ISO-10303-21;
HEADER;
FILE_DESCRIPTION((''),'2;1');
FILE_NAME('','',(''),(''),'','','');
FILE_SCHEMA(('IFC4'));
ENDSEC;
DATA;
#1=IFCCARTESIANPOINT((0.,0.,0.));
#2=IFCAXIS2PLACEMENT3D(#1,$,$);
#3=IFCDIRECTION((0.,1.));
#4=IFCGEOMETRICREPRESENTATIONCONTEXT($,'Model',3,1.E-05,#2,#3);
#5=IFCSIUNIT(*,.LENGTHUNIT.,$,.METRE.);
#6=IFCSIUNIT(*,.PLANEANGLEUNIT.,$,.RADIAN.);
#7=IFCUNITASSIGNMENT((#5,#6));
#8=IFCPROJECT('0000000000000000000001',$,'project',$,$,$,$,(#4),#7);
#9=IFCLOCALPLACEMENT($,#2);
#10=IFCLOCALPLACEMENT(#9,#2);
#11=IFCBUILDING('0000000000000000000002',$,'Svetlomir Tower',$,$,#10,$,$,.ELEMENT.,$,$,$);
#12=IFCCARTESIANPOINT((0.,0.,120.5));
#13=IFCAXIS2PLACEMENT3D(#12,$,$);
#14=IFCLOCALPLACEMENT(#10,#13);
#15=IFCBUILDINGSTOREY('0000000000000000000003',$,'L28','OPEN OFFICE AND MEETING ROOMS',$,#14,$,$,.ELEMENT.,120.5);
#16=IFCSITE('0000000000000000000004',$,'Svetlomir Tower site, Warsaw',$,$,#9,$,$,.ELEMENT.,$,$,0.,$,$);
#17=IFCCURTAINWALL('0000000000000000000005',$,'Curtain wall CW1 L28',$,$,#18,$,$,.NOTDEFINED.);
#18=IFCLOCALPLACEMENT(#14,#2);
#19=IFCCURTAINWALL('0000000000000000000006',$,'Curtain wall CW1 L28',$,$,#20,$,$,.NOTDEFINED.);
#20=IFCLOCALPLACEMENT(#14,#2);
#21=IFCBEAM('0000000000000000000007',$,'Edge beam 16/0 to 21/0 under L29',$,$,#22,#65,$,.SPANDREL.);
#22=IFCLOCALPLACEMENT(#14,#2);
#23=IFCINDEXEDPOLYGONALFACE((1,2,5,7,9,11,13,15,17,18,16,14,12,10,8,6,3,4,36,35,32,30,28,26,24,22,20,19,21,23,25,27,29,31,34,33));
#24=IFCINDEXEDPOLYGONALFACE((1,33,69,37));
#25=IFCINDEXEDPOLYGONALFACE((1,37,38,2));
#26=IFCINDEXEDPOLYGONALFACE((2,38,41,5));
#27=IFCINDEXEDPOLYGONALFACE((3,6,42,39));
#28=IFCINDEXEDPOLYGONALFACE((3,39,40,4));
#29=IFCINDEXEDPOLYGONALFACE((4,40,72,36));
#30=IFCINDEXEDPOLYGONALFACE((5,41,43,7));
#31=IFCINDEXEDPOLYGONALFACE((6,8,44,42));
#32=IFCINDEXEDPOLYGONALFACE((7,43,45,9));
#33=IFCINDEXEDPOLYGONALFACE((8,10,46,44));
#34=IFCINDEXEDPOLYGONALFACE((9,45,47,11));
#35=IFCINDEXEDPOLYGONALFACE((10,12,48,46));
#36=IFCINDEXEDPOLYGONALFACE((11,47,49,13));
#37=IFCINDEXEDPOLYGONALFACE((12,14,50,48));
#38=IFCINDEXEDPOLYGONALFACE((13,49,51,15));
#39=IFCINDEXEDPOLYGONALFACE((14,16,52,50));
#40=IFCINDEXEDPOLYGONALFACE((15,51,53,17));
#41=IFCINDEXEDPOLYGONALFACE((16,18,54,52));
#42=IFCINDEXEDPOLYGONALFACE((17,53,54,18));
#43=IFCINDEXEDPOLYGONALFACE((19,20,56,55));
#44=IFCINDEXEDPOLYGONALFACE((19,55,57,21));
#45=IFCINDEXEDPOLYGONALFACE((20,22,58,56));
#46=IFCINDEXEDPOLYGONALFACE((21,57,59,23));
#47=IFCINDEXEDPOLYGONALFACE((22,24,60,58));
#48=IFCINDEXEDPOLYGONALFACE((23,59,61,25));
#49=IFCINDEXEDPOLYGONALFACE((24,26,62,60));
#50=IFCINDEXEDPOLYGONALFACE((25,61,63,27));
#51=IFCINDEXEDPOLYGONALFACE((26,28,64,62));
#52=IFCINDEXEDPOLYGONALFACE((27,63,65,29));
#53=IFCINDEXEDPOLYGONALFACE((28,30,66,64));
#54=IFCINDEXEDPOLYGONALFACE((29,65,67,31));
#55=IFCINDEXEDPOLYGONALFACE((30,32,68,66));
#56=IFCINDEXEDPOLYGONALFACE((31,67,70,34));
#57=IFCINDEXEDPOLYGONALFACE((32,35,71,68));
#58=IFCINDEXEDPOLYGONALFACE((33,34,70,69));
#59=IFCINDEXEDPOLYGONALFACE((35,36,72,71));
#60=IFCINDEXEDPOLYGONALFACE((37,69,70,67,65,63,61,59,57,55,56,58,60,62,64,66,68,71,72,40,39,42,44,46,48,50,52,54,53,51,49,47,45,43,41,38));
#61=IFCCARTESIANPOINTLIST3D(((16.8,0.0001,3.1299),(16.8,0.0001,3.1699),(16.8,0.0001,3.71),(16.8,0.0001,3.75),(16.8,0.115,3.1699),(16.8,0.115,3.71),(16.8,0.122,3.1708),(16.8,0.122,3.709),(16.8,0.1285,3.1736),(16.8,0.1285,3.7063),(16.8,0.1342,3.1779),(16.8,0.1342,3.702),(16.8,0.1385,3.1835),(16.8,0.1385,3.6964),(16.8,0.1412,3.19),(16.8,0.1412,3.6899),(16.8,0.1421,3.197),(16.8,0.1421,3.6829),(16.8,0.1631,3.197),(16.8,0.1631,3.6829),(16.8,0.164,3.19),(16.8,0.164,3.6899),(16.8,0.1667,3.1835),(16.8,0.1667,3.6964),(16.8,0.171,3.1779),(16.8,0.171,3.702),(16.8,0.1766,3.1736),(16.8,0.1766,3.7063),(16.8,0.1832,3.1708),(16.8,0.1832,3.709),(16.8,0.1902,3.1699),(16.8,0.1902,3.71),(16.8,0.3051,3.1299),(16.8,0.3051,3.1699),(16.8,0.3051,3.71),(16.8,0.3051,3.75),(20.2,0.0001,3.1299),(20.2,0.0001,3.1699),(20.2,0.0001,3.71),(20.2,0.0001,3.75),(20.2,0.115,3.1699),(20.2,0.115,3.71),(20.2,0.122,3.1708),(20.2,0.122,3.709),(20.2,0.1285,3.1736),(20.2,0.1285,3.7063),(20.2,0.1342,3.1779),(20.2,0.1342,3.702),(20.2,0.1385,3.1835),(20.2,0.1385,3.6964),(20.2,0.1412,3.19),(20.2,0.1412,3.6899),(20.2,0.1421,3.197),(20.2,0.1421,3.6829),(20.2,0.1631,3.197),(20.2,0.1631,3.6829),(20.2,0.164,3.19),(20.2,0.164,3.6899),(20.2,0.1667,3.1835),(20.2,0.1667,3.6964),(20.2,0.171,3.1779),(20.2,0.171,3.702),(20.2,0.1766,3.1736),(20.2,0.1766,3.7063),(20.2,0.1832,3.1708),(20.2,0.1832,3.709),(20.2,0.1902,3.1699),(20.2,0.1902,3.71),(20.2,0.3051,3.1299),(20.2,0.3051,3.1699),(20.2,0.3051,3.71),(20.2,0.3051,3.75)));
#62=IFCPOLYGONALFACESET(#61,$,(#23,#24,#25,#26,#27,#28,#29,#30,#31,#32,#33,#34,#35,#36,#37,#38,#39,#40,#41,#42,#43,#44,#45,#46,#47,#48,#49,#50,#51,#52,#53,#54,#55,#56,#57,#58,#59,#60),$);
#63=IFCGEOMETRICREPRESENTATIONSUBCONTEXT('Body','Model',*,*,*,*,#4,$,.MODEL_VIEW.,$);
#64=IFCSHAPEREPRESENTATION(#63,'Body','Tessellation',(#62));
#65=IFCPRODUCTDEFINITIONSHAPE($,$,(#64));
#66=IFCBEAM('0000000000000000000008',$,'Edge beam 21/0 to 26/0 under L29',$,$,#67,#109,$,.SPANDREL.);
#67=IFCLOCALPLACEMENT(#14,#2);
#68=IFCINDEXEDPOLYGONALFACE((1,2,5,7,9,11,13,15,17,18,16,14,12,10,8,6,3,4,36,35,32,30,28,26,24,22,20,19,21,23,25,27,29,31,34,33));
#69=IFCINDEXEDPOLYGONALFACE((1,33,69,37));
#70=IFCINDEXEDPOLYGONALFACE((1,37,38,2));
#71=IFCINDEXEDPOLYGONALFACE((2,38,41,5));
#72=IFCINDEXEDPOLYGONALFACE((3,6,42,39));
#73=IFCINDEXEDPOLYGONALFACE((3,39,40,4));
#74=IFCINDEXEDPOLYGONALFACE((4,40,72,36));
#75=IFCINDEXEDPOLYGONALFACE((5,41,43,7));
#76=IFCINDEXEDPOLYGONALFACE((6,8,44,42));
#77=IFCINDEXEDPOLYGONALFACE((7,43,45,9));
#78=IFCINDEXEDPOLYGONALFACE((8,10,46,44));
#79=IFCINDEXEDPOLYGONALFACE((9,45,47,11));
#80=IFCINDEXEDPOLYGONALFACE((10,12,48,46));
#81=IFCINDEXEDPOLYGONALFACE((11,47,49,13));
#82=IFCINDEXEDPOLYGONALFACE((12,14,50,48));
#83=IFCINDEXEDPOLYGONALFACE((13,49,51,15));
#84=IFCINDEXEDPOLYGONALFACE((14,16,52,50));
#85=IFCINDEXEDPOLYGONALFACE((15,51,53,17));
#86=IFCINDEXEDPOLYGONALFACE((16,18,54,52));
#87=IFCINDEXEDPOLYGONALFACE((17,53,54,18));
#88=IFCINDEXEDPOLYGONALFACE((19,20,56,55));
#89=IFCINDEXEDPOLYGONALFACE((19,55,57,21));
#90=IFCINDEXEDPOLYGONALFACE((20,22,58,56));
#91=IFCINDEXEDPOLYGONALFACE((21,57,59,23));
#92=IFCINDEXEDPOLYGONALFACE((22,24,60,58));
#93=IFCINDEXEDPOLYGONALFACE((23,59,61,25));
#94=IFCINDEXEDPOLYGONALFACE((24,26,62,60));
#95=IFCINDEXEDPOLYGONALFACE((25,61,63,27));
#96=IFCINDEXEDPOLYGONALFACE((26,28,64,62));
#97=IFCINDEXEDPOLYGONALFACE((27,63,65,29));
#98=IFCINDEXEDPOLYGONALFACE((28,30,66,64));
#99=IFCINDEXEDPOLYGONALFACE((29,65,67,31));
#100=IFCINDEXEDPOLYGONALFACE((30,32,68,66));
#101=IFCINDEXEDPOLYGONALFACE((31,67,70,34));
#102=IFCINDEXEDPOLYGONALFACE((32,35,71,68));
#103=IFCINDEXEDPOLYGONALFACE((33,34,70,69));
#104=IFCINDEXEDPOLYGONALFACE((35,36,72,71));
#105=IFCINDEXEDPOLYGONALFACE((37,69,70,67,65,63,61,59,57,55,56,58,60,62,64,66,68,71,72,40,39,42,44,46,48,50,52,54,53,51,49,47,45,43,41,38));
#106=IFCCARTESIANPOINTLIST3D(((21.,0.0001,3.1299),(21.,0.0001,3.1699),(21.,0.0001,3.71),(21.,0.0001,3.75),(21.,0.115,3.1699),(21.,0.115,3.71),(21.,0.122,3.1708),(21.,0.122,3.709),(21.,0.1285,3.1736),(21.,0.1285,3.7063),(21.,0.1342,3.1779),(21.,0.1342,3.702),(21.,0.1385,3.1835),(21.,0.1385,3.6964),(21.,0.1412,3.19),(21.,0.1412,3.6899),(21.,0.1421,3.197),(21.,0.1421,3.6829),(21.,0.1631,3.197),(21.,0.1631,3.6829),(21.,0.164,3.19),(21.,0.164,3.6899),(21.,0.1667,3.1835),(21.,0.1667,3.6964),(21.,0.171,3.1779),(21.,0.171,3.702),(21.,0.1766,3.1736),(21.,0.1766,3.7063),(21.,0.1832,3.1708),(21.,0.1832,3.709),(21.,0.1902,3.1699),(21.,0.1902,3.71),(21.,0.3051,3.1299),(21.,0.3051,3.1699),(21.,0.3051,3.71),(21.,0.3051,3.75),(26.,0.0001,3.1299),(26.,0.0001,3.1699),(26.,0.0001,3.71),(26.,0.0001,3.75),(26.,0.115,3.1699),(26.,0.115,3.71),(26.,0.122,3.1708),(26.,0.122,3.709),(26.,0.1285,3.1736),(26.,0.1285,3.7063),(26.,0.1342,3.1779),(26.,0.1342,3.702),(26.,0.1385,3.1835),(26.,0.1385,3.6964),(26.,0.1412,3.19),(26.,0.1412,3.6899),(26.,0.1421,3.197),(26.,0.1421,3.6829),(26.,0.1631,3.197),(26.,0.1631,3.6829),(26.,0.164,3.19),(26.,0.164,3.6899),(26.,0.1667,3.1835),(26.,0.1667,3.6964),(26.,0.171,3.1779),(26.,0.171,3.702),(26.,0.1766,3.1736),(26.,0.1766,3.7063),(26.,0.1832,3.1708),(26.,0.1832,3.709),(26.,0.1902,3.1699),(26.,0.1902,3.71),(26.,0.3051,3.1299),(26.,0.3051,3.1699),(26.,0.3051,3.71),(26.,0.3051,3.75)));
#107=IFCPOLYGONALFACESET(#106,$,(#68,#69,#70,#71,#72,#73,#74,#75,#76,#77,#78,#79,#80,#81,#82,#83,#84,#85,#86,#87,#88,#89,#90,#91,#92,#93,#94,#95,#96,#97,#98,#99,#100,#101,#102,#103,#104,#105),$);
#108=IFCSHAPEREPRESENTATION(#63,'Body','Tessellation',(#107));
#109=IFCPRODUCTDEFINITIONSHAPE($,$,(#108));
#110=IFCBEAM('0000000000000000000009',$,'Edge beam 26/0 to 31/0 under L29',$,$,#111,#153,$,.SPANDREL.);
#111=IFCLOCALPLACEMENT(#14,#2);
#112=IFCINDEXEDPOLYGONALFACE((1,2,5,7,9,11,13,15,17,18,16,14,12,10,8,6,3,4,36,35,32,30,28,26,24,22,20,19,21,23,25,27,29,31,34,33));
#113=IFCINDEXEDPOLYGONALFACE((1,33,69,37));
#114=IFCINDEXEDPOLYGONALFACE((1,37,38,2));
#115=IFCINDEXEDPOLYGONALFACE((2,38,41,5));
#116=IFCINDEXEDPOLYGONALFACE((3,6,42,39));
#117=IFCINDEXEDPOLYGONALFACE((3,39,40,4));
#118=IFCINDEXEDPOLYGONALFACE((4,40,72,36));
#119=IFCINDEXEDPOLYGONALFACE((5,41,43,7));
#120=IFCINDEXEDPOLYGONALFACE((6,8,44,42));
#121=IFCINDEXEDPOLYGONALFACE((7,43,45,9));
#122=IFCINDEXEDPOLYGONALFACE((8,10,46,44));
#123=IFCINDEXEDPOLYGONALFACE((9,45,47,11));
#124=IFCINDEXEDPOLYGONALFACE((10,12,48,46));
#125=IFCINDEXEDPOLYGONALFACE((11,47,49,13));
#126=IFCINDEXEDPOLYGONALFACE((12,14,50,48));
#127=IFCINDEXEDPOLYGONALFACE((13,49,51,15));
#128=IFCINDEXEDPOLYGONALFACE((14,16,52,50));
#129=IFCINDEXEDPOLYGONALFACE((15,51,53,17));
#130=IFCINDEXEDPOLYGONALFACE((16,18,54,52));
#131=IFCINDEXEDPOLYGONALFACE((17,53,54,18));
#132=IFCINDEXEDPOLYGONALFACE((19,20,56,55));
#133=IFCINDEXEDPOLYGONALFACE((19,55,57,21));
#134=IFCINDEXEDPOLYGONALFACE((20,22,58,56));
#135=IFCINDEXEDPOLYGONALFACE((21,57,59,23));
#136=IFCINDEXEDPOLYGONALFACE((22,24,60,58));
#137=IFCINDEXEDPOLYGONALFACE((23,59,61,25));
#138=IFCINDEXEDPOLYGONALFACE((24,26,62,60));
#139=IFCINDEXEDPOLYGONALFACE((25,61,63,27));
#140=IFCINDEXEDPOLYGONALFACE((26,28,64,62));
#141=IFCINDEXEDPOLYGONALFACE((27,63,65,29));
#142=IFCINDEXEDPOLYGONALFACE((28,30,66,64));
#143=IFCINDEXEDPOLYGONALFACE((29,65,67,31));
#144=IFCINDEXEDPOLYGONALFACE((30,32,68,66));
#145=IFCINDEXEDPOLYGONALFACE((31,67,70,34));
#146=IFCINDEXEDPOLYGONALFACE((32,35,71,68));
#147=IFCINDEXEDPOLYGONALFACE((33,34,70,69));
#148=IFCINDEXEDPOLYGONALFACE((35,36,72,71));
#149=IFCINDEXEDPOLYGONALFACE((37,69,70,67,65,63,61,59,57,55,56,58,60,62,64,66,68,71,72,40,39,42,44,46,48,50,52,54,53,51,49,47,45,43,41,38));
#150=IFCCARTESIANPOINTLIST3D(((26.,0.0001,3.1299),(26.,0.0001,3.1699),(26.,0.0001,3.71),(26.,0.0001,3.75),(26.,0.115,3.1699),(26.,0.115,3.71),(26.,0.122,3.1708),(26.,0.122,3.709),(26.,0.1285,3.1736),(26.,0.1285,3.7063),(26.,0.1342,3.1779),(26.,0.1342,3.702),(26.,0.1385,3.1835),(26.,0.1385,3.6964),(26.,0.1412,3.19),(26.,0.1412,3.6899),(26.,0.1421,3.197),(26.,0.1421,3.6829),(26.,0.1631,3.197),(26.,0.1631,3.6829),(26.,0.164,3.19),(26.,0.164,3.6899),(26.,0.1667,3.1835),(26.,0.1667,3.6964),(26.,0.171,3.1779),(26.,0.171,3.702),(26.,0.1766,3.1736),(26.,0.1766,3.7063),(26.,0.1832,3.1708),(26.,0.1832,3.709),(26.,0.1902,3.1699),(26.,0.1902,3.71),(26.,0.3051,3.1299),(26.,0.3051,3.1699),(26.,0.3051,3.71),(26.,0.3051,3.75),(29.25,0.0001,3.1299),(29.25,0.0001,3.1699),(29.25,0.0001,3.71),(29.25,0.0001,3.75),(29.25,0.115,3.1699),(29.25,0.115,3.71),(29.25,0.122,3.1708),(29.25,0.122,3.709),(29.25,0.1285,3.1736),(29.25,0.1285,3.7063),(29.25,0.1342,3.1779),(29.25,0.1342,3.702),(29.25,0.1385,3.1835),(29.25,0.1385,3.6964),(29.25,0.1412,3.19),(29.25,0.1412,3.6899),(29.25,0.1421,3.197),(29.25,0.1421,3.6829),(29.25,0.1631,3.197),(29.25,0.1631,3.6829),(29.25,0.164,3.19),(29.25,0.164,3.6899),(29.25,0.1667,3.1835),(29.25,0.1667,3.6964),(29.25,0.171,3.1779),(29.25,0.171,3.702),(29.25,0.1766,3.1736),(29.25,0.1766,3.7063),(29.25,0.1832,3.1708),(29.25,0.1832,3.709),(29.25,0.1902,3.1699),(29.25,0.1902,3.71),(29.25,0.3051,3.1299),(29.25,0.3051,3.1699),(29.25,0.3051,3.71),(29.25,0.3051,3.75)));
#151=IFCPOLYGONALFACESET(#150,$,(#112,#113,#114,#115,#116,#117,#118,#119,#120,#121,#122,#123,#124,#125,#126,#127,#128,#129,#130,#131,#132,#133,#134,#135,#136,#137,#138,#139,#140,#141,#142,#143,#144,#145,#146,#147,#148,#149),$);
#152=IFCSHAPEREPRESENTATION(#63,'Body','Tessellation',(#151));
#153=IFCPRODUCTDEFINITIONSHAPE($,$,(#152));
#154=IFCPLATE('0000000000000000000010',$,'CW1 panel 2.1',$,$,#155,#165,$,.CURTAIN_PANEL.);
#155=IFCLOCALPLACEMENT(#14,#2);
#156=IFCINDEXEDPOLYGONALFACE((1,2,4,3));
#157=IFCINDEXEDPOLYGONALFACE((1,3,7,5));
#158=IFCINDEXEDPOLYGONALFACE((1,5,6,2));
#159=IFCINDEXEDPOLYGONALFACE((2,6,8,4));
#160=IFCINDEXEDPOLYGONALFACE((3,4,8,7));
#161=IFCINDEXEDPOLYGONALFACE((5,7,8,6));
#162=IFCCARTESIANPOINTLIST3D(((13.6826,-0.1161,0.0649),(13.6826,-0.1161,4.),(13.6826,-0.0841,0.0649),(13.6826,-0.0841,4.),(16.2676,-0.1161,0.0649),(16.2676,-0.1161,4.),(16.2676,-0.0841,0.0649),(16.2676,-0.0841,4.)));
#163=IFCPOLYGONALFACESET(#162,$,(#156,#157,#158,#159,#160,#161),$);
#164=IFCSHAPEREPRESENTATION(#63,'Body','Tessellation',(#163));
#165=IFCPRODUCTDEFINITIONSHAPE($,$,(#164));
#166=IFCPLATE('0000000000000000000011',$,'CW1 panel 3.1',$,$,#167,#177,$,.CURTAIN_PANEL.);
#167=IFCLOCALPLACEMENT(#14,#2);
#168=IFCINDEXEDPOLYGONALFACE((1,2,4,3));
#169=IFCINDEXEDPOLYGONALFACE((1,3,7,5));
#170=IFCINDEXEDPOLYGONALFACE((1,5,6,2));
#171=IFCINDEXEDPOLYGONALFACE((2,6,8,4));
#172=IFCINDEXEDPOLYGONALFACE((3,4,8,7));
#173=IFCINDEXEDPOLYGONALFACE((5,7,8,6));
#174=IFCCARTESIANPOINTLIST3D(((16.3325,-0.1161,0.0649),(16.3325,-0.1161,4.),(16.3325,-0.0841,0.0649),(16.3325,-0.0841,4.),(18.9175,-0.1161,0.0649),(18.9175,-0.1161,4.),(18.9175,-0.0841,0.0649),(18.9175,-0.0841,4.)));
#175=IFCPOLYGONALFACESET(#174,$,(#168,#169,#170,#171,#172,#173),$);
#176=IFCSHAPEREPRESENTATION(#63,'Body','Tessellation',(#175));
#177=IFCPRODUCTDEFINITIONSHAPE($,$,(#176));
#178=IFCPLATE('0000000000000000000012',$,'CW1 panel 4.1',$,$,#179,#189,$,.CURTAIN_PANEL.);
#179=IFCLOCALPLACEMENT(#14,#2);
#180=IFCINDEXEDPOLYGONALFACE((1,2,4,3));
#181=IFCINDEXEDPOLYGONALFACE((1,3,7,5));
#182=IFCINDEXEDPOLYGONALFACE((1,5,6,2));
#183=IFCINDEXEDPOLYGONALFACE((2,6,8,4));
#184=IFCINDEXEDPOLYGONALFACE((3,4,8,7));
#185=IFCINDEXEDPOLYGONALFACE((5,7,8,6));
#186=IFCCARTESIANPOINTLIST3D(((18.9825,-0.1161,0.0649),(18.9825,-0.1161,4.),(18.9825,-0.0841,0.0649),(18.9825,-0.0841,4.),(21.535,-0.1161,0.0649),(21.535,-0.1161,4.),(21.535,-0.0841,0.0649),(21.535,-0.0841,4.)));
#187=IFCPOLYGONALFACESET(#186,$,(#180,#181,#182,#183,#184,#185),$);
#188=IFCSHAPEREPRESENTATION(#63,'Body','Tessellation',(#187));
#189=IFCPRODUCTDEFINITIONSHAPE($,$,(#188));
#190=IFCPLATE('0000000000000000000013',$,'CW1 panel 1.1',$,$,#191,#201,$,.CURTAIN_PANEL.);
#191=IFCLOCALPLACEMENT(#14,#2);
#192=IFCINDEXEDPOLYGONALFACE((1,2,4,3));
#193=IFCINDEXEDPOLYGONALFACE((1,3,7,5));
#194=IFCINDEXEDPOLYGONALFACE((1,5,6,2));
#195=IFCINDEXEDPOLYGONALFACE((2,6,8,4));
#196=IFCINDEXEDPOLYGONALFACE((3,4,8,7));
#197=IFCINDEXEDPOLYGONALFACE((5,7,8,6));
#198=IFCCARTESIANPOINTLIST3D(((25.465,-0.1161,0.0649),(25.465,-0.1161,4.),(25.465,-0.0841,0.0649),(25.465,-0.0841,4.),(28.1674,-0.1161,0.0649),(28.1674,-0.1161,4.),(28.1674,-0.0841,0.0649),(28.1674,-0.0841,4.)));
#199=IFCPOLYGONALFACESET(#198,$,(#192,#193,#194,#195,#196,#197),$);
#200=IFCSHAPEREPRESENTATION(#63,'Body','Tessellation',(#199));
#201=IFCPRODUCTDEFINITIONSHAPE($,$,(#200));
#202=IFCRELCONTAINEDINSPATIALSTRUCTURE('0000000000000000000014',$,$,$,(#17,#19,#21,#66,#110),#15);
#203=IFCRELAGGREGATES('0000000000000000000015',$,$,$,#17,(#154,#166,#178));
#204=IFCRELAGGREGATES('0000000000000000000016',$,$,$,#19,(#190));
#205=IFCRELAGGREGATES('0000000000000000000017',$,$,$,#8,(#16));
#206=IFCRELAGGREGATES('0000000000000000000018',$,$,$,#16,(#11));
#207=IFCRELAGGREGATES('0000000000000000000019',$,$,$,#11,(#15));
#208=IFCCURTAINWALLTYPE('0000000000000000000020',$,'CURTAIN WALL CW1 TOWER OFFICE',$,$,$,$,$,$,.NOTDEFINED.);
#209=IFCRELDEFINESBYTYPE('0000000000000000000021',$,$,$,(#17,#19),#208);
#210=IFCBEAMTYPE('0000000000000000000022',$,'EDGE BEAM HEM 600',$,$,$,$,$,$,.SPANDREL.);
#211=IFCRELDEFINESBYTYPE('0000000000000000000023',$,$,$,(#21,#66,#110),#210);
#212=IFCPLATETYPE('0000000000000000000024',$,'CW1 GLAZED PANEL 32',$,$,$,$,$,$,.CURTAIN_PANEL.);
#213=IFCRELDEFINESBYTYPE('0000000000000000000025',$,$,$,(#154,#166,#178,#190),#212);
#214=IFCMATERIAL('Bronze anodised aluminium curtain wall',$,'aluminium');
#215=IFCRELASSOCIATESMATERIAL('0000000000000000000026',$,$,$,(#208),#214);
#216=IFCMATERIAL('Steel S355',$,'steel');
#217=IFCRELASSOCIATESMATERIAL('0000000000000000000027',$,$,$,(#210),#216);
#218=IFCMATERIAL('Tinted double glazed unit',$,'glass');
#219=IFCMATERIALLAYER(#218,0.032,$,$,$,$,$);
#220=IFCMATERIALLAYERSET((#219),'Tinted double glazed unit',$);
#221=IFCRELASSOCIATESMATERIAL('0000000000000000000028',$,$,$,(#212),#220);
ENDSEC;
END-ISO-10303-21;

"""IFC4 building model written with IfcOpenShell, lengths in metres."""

from ifc_helpers import new_model, si_unit, direction, frame, origin, origin_2d, place, context, subcontext, project, spatial, rectangle, i_section, extrude, material, layer, layer_set, material_profile, profile_set, type_object, element, aggregate, save


model = new_model("IFC4")

# Units and contexts
model_context = context("Model", 3, precision=1e-05, world=origin(), true_north=direction((0.0, 1.0)))
body_context = subcontext(model_context, "Body", "Model", "MODEL_VIEW")
ifc_project = project(units=[si_unit("LENGTHUNIT", "METRE"), si_unit("PLANEANGLEUNIT", "RADIAN")], contexts=[model_context])

# Site, building, storey
site_placement = place(None, origin())
site = spatial("IfcSite", under=ifc_project, at=site_placement, Name="Svetlomir Tower site, Warsaw", CompositionType="ELEMENT", RefElevation=0.0)
building_placement = place(site_placement, origin())
building = spatial("IfcBuilding", under=site, at=building_placement, Name="Svetlomir Tower", CompositionType="ELEMENT")
storey_placement = place(building_placement, frame((0.0, 0.0, 120.5)))
storey = spatial("IfcBuildingStorey", under=building, at=storey_placement, Name="L28", Description="OPEN OFFICE AND MEETING ROOMS", CompositionType="ELEMENT", Elevation=120.5)

# Curtain walls
ifc_material_1 = material(Name="Bronze anodised aluminium curtain wall", Category="aluminium")
curtain_wall_type = type_object("IfcCurtainWallType", Name="CURTAIN WALL CW1 TOWER OFFICE", PredefinedType="NOTDEFINED", material=ifc_material_1)
curtain_wall_1_placement = place(storey_placement, origin())
curtain_wall_1 = element("IfcCurtainWall", 1, at=curtain_wall_1_placement, inside=storey, type_object=curtain_wall_type, Name="Curtain wall CW1 L28", PredefinedType="NOTDEFINED")
curtain_wall_2_placement = place(storey_placement, origin())
curtain_wall_2 = element("IfcCurtainWall", 2, at=curtain_wall_2_placement, inside=storey, type_object=curtain_wall_type, Name="Curtain wall CW1 L28", PredefinedType="NOTDEFINED")

# Beams
ifc_material_2 = material(Name="Steel S355", Category="steel")
ifc_material_profile_1 = material_profile(ifc_material_2, i_section(OverallWidth=0.3049, OverallDepth=0.6201, WebThickness=0.021, FlangeThickness=0.04, FilletRadius=0.0271, at=origin_2d()), Name="HEM 600")
ifc_profile_set_1 = profile_set([ifc_material_profile_1], Name="Steel S355")
beam_type_1 = type_object("IfcBeamType", Name="EDGE BEAM HEM 600", PredefinedType="SPANDREL", material=ifc_profile_set_1)
beam_1_placement = place(storey_placement, frame((16.8, 0.1526, 3.4399), z_axis=(1.0, 0.0, 0.0), x_axis=(0.0, 1.0, 0.0)))
element("IfcBeam", 3, at=beam_1_placement, inside=storey, type_object=beam_type_1, Name="Edge beam 16/0 to 21/0 under L29", PredefinedType="SPANDREL", context=body_context, shape_type="SweptSolid", body=[
    extrude(i_section(OverallWidth=0.3049, OverallDepth=0.6201, WebThickness=0.021, FlangeThickness=0.04, FilletRadius=0.0271, at=origin_2d()), origin(), (0.0, 0.0, 1.0), 3.3999),
])
beam_2_placement = place(storey_placement, frame((21.0, 0.1526, 3.4399), z_axis=(1.0, 0.0, 0.0), x_axis=(0.0, 1.0, 0.0)))
element("IfcBeam", 4, at=beam_2_placement, inside=storey, type_object=beam_type_1, Name="Edge beam 21/0 to 26/0 under L29", PredefinedType="SPANDREL", context=body_context, shape_type="SweptSolid", body=[
    extrude(i_section(OverallWidth=0.3049, OverallDepth=0.6201, WebThickness=0.021, FlangeThickness=0.04, FilletRadius=0.0271, at=origin_2d()), origin(), (0.0, 0.0, 1.0), 5.0),
])
beam_3_placement = place(storey_placement, frame((26.0, 0.1526, 3.4399), z_axis=(1.0, 0.0, 0.0), x_axis=(0.0, 1.0, 0.0)))
element("IfcBeam", 5, at=beam_3_placement, inside=storey, type_object=beam_type_1, Name="Edge beam 26/0 to 31/0 under L29", PredefinedType="SPANDREL", context=body_context, shape_type="SweptSolid", body=[
    extrude(i_section(OverallWidth=0.3049, OverallDepth=0.6201, WebThickness=0.021, FlangeThickness=0.04, FilletRadius=0.0271, at=origin_2d()), origin(), (0.0, 0.0, 1.0), 3.25),
])

# Plates
ifc_material_3 = material(Name="Tinted double glazed unit", Category="glass")
ifc_layer_1 = layer(ifc_material_3, 0.032)
ifc_layer_set_1 = layer_set([ifc_layer_1], Name="Tinted double glazed unit")
plate_type = type_object("IfcPlateType", Name="CW1 GLAZED PANEL 32", PredefinedType="CURTAIN_PANEL", material=ifc_layer_set_1)
plate_1_placement = place(storey_placement, frame((14.9751, -0.1001, 0.0649), z_axis=(0.0, 0.0, 1.0), x_axis=(1.0, 0.0, 0.0)))
plate_1 = element("IfcPlate", 6, at=plate_1_placement, type_object=plate_type, Name="CW1 panel 2.1", PredefinedType="CURTAIN_PANEL", context=body_context, shape_type="SweptSolid", body=[
    extrude(rectangle(XDim=2.585, YDim=0.032, at=origin_2d()), origin(), (0.0, 0.0, 1.0), 3.9351),
])
plate_2_placement = place(storey_placement, frame((17.625, -0.1001, 0.0649), z_axis=(0.0, 0.0, 1.0), x_axis=(1.0, 0.0, 0.0)))
plate_2 = element("IfcPlate", 7, at=plate_2_placement, type_object=plate_type, Name="CW1 panel 3.1", PredefinedType="CURTAIN_PANEL", context=body_context, shape_type="SweptSolid", body=[
    extrude(rectangle(XDim=2.585, YDim=0.032, at=origin_2d()), origin(), (0.0, 0.0, 1.0), 3.9351),
])
plate_3_placement = place(storey_placement, frame((20.2588, -0.1001, 0.0649), z_axis=(0.0, 0.0, 1.0), x_axis=(1.0, 0.0, 0.0)))
plate_3 = element("IfcPlate", 8, at=plate_3_placement, type_object=plate_type, Name="CW1 panel 4.1", PredefinedType="CURTAIN_PANEL", context=body_context, shape_type="SweptSolid", body=[
    extrude(rectangle(XDim=2.5525, YDim=0.032, at=origin_2d()), origin(), (0.0, 0.0, 1.0), 3.9351),
])
aggregate(curtain_wall_1, [plate_1, plate_2, plate_3])
plate_4_placement = place(storey_placement, frame((26.8162, -0.1001, 0.0649), z_axis=(0.0, 0.0, 1.0), x_axis=(1.0, 0.0, 0.0)))
plate_4 = element("IfcPlate", 9, at=plate_4_placement, type_object=plate_type, Name="CW1 panel 1.1", PredefinedType="CURTAIN_PANEL", context=body_context, shape_type="SweptSolid", body=[
    extrude(rectangle(XDim=2.7024, YDim=0.032, at=origin_2d()), origin(), (0.0, 0.0, 1.0), 3.9351),
])
aggregate(curtain_wall_2, [plate_4])

save(model, "model.ifc")
